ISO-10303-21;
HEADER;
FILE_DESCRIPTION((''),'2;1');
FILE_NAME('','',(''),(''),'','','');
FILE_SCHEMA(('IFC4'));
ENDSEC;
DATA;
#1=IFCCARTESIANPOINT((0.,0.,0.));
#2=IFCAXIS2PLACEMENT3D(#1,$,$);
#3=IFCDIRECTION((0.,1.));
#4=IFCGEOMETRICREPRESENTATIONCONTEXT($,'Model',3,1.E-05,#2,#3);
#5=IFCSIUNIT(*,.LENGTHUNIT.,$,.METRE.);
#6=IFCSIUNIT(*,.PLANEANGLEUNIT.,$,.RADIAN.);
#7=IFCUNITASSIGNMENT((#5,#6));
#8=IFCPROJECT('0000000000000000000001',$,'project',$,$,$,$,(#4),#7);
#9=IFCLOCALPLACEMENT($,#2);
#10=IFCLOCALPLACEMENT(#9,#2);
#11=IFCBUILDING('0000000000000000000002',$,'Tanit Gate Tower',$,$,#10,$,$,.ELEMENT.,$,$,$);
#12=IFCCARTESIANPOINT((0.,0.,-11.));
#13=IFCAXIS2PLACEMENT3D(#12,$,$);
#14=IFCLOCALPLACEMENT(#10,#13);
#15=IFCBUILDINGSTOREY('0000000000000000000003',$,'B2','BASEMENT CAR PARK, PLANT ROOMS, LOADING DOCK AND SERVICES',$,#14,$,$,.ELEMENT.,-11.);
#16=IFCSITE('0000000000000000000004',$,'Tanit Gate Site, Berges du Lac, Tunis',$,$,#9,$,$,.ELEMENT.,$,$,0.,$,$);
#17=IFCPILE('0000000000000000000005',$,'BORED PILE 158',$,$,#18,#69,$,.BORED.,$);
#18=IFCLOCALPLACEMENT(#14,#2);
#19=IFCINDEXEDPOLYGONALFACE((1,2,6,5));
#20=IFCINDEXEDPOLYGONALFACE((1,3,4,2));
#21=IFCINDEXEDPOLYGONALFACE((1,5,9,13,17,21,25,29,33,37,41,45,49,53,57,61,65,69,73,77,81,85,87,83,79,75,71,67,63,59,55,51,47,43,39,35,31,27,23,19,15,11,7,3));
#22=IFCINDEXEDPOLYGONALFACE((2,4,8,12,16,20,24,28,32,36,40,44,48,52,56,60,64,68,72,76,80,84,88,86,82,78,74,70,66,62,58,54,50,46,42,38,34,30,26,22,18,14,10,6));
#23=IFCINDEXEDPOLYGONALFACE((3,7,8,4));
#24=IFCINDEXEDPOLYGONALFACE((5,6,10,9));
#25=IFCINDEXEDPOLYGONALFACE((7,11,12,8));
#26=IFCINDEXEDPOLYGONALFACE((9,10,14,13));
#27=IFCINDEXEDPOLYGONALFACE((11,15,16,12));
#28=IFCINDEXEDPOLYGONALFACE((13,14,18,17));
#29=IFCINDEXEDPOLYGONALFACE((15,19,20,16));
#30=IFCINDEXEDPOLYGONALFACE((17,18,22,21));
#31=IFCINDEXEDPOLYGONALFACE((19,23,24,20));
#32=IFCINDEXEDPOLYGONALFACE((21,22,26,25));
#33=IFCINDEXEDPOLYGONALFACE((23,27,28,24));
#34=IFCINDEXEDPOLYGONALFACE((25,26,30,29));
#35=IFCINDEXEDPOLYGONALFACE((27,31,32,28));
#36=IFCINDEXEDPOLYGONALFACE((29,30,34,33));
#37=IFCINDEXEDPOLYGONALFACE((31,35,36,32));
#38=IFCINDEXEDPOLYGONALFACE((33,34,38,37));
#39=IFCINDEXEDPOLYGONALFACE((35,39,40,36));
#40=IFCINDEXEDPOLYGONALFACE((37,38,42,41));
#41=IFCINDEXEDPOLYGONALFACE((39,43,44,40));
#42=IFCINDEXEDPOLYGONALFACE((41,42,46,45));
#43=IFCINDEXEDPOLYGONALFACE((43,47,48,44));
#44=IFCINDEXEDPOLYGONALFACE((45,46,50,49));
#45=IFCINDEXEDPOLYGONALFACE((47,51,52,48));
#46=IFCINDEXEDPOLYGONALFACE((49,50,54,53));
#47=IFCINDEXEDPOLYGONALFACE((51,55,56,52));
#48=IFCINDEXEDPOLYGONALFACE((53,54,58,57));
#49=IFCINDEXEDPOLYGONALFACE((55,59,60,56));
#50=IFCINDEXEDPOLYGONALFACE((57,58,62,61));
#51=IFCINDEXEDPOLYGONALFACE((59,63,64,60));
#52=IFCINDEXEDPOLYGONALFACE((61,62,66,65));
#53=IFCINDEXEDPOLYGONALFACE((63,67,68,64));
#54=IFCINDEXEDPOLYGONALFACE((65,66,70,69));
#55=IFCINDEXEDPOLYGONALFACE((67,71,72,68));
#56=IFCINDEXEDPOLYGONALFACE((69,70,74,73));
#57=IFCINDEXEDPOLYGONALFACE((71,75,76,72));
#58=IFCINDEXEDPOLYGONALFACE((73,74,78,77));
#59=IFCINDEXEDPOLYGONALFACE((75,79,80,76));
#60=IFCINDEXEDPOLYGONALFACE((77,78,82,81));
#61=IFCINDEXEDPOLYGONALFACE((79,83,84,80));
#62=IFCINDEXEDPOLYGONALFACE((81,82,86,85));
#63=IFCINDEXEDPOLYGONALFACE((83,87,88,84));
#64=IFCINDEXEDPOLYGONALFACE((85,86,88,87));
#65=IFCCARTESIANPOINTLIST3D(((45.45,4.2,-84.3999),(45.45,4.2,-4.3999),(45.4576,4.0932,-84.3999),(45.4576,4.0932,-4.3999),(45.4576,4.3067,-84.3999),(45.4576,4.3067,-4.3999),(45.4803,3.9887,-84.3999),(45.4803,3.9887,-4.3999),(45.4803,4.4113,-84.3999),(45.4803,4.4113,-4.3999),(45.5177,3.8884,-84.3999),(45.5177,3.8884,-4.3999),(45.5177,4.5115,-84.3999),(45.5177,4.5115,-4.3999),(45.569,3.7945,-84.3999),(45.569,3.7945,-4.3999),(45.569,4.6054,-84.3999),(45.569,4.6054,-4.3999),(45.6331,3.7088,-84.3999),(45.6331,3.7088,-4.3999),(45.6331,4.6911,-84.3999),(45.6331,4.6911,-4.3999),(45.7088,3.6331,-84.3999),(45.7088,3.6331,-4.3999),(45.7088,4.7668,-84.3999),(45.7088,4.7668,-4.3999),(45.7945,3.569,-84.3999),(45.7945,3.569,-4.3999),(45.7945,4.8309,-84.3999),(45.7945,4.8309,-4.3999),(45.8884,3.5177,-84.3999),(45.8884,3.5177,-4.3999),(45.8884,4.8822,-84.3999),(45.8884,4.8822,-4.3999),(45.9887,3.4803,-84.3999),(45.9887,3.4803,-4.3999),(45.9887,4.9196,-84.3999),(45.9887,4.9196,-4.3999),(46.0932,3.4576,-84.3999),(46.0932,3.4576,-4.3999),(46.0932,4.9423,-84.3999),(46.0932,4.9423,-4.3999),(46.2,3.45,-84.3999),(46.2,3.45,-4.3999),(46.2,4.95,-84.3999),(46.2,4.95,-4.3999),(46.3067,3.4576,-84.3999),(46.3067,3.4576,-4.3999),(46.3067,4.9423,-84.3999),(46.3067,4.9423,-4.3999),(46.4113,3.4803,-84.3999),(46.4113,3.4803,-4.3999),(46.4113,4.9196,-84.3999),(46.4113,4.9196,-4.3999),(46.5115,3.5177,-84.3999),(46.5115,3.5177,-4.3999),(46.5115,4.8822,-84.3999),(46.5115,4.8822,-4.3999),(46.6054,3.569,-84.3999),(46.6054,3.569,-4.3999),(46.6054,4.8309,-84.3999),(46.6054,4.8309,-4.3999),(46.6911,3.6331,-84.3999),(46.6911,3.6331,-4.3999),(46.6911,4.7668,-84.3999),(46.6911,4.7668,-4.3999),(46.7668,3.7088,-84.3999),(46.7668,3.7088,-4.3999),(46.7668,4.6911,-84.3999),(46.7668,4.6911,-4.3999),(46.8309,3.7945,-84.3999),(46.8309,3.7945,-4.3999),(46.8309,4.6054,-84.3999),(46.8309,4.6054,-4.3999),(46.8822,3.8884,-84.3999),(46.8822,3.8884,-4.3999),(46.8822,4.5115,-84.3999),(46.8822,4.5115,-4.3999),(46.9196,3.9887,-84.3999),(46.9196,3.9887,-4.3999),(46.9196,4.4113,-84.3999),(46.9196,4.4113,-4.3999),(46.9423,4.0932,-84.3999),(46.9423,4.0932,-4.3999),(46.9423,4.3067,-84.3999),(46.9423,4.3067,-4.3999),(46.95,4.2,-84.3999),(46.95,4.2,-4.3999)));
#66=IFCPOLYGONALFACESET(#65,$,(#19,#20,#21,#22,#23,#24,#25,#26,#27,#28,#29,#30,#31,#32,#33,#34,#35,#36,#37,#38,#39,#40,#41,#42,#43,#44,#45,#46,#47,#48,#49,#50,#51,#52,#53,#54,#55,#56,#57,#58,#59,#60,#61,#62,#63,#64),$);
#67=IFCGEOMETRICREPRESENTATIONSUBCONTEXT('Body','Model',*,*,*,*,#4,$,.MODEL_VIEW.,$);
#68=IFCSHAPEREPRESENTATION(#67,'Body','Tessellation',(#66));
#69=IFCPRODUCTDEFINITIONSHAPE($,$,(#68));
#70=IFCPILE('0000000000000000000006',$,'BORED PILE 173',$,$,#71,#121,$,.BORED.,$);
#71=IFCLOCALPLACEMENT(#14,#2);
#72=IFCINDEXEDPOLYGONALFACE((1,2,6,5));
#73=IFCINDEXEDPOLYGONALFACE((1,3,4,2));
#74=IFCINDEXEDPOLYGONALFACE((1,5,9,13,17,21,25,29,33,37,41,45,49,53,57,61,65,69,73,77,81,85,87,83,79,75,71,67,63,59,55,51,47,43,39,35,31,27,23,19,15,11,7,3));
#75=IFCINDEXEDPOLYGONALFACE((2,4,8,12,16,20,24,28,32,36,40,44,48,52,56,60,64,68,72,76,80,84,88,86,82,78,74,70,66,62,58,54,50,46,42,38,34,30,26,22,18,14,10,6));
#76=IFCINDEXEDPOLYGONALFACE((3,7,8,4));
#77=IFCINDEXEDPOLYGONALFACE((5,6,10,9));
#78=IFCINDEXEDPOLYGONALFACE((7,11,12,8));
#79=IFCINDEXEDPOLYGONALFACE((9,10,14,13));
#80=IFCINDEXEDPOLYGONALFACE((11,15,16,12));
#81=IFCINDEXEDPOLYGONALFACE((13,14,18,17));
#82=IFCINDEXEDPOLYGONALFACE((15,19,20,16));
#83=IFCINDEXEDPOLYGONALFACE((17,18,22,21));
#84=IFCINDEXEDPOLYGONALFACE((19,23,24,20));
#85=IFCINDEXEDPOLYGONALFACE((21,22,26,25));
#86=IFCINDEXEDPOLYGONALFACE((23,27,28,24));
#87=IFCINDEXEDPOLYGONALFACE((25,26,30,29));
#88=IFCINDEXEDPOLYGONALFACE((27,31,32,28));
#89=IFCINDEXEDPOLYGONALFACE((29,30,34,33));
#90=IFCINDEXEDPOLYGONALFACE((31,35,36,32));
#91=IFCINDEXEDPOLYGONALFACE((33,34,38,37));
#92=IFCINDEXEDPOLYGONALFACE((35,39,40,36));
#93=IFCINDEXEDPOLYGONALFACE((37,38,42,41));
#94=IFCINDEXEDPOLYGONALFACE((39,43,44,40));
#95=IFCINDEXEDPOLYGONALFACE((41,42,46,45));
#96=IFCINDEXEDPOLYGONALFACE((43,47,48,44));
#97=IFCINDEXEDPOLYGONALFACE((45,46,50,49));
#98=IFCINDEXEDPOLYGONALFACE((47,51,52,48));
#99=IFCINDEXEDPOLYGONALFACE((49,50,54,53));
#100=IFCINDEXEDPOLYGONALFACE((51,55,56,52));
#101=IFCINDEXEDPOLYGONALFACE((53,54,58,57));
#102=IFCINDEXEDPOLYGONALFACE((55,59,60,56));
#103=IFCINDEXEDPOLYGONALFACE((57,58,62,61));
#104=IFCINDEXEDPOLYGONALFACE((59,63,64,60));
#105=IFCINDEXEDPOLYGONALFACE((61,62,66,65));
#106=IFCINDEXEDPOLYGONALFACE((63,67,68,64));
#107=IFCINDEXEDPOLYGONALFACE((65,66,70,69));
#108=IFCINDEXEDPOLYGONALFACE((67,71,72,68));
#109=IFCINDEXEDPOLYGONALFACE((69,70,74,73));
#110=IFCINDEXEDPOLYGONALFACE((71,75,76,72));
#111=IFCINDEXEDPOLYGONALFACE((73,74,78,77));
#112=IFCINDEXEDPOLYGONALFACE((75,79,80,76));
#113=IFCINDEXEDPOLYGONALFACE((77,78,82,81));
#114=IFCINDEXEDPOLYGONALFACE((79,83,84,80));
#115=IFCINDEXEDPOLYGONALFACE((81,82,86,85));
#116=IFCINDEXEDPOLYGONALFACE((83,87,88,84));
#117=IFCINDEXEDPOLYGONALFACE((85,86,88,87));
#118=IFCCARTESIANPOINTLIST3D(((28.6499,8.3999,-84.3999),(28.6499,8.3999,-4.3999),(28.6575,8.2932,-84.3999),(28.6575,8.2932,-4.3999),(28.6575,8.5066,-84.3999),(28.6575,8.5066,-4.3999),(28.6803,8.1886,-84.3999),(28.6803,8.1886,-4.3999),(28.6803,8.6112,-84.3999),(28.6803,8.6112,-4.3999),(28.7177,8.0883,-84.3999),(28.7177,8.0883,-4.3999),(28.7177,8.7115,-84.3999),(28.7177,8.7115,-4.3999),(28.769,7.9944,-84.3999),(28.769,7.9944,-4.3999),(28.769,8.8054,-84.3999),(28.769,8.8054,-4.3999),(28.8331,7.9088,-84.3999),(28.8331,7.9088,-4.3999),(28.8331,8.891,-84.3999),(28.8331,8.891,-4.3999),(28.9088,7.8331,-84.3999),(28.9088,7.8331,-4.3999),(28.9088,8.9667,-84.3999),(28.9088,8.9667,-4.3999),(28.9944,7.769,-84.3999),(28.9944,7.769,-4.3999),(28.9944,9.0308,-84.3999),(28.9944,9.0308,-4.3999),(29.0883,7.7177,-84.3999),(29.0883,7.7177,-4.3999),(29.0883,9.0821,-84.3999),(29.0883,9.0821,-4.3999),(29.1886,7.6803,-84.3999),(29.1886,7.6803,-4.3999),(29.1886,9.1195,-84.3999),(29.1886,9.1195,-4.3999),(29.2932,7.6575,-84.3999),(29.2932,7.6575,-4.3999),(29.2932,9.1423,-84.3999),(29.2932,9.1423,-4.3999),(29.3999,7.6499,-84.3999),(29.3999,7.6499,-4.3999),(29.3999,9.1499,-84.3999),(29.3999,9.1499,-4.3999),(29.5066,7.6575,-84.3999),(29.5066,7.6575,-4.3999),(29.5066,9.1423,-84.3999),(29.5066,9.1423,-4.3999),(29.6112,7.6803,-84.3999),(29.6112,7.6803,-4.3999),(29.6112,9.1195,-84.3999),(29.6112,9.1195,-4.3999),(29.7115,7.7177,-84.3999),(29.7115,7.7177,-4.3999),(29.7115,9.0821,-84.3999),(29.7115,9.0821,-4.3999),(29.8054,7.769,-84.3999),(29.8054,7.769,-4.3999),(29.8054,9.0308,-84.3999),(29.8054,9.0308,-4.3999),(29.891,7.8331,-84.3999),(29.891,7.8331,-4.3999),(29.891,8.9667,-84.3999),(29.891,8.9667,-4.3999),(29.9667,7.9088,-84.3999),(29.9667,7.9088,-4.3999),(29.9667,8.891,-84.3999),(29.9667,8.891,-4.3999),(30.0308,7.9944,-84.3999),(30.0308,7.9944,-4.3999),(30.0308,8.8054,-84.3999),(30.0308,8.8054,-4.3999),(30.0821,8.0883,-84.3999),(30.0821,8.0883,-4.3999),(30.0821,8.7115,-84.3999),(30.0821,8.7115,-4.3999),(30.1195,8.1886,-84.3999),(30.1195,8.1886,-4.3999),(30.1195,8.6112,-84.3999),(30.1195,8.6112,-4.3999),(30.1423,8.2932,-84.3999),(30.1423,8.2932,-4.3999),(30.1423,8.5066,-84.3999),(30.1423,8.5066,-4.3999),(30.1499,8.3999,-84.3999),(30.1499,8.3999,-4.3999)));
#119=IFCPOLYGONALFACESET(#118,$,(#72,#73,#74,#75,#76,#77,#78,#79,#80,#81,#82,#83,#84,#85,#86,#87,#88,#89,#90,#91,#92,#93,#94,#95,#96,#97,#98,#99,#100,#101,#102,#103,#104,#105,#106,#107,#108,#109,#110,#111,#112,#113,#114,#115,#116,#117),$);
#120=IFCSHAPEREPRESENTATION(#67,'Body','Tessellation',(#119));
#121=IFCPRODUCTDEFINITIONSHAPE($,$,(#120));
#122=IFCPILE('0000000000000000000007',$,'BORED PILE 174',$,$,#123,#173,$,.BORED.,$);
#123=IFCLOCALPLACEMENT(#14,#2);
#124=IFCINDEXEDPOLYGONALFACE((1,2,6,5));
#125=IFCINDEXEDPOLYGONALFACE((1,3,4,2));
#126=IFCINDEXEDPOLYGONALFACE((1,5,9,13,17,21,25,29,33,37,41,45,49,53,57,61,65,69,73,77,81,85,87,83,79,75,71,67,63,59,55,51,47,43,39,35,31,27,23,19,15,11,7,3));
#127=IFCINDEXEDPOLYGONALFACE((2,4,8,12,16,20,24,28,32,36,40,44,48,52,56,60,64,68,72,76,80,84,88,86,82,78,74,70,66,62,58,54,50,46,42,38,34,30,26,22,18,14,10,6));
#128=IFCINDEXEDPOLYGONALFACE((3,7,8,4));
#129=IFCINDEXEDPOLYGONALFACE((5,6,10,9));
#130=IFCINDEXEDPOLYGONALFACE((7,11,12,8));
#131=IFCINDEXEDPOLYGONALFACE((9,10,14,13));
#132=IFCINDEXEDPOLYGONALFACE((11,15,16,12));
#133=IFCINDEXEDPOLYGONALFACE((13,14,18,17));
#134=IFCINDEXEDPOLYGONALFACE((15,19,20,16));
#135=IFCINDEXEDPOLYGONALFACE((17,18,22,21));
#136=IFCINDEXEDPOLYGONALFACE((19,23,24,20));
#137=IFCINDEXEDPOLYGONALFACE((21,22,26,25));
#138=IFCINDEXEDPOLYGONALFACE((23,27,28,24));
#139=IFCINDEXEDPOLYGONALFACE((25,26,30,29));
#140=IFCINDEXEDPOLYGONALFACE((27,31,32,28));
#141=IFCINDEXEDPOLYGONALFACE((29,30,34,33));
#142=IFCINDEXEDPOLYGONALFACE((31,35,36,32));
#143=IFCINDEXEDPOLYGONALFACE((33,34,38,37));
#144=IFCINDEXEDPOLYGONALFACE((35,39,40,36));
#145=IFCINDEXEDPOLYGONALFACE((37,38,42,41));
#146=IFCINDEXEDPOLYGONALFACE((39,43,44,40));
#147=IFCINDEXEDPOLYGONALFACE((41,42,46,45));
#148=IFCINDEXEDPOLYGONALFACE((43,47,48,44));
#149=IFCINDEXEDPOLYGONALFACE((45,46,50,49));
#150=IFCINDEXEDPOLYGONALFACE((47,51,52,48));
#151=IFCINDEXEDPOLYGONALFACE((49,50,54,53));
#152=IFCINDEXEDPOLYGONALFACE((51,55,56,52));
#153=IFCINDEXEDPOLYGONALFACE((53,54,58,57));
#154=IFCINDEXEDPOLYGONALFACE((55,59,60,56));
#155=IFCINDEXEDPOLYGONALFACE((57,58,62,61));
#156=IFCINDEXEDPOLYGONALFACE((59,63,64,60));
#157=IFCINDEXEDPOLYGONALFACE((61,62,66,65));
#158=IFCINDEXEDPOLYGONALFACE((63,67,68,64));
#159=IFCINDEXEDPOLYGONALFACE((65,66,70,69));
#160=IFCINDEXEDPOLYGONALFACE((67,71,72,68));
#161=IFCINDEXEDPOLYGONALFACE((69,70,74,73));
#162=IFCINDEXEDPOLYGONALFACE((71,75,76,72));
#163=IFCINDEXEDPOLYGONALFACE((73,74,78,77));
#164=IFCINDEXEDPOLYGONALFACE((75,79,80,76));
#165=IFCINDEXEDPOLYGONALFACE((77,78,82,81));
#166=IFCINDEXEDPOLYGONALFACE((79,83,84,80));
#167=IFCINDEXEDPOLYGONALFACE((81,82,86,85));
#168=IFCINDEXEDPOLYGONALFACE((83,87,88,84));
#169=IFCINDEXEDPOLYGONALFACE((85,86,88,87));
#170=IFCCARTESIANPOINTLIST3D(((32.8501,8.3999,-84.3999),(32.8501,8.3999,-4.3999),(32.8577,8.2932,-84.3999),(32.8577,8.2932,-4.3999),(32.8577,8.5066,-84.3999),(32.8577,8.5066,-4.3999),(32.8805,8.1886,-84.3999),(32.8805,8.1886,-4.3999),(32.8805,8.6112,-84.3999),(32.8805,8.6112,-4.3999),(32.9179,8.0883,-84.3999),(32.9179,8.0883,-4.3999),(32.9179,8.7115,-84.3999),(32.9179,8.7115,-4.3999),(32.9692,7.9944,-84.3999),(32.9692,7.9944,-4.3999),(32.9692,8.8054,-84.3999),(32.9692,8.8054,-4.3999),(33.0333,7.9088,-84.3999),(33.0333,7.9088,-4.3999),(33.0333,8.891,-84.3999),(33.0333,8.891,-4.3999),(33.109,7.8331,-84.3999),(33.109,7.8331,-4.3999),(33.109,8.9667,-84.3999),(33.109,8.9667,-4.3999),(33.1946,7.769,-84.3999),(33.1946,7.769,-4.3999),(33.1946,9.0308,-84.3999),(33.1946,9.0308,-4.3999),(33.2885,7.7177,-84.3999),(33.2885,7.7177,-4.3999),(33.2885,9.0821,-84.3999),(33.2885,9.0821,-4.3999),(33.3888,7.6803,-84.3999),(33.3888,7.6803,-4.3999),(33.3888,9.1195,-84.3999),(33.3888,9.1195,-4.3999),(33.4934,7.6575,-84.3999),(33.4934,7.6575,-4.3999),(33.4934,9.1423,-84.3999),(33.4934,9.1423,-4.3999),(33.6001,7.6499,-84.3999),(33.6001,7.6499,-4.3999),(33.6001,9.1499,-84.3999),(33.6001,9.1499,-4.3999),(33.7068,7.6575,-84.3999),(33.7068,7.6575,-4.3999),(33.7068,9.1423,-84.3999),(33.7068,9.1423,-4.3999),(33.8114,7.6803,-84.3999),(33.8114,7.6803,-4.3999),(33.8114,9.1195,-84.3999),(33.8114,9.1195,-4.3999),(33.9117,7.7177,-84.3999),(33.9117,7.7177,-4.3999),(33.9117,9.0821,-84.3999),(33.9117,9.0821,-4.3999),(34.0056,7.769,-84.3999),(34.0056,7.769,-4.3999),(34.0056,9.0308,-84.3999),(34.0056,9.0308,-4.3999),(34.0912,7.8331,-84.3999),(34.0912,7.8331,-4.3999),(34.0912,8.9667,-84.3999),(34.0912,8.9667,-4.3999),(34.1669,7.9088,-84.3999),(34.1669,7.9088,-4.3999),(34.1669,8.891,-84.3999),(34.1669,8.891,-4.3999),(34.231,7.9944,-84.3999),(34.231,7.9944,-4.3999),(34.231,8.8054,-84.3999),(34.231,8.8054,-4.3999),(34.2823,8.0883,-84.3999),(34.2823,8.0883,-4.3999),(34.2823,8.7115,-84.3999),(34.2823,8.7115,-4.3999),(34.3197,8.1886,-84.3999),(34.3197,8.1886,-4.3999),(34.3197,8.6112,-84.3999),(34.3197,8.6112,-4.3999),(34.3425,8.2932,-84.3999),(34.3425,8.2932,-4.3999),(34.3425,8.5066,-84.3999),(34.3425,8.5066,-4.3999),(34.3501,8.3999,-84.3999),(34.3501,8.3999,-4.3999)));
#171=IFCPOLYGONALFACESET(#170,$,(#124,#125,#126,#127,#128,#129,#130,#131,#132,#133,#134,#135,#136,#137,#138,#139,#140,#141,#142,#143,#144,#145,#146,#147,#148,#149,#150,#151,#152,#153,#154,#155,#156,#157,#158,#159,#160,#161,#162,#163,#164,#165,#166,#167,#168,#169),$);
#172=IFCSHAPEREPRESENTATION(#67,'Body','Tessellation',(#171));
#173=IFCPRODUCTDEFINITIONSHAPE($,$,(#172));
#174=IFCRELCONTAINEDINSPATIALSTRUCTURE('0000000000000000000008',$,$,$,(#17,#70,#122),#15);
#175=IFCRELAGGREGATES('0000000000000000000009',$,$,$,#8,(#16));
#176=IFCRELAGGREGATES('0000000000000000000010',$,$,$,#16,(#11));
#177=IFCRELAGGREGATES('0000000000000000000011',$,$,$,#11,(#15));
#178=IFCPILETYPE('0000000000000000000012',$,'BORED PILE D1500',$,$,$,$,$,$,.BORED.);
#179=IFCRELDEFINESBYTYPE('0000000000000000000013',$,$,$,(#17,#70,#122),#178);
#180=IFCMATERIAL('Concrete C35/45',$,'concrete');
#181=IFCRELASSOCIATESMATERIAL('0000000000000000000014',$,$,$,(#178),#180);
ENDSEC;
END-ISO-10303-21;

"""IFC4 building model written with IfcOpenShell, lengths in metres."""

from ifc_helpers import new_model, si_unit, direction, frame, origin, origin_2d, place, context, subcontext, project, spatial, circle, extrude, material, material_profile, profile_set, type_object, element, save


model = new_model("IFC4")

# Units and contexts
model_context = context("Model", 3, precision=1e-05, world=origin(), true_north=direction((0.0, 1.0)))
body_context = subcontext(model_context, "Body", "Model", "MODEL_VIEW")
ifc_project = project(units=[si_unit("LENGTHUNIT", "METRE"), si_unit("PLANEANGLEUNIT", "RADIAN")], contexts=[model_context])

# Site, building, storey
site_placement = place(None, origin())
site = spatial("IfcSite", under=ifc_project, at=site_placement, Name="Tanit Gate Site, Berges du Lac, Tunis", CompositionType="ELEMENT", RefElevation=0.0)
building_placement = place(site_placement, origin())
building = spatial("IfcBuilding", under=site, at=building_placement, Name="Tanit Gate Tower", CompositionType="ELEMENT")
storey_placement = place(building_placement, frame((0.0, 0.0, -11.0)))
storey = spatial("IfcBuildingStorey", under=building, at=storey_placement, Name="B2", Description="BASEMENT CAR PARK, PLANT ROOMS, LOADING DOCK AND SERVICES", CompositionType="ELEMENT", Elevation=-11.0)

# Piles
ifc_material_1 = material(Name="Concrete C35/45", Category="concrete")
ifc_material_profile_1 = material_profile(ifc_material_1, circle(Radius=0.75, at=origin_2d()), Name="BORED PILE D1500 C35/45")
ifc_profile_set_1 = profile_set([ifc_material_profile_1], Name="Concrete C35/45")
pile_type = type_object("IfcPileType", Name="BORED PILE D1500", PredefinedType="BORED", material=ifc_profile_set_1)
for number, where, z_axis, x_axis, name in (
    (1, (46.2, 4.2, -4.3999), (0.0, 0.0, -1.0), (1.0, 0.0, 0.0), "BORED PILE 158"),
    (2, (29.3999, 8.3999, -4.3999), (0.0, 0.0, -1.0), (1.0, 0.0, 0.0), "BORED PILE 173"),
    (3, (33.6001, 8.3999, -4.3999), (0.0, 0.0, -1.0), (1.0, 0.0, 0.0), "BORED PILE 174"),
):
    element("IfcPile", number, at=place(storey_placement, frame(where, z_axis=z_axis, x_axis=x_axis)), inside=storey, type_object=pile_type, Name=name, PredefinedType="BORED", context=body_context, shape_type="SweptSolid", body=[
        extrude(circle(Radius=0.75, at=origin_2d()), origin(), (0.0, 0.0, 1.0), 80.0),
    ])

save(model, "model.ifc")
